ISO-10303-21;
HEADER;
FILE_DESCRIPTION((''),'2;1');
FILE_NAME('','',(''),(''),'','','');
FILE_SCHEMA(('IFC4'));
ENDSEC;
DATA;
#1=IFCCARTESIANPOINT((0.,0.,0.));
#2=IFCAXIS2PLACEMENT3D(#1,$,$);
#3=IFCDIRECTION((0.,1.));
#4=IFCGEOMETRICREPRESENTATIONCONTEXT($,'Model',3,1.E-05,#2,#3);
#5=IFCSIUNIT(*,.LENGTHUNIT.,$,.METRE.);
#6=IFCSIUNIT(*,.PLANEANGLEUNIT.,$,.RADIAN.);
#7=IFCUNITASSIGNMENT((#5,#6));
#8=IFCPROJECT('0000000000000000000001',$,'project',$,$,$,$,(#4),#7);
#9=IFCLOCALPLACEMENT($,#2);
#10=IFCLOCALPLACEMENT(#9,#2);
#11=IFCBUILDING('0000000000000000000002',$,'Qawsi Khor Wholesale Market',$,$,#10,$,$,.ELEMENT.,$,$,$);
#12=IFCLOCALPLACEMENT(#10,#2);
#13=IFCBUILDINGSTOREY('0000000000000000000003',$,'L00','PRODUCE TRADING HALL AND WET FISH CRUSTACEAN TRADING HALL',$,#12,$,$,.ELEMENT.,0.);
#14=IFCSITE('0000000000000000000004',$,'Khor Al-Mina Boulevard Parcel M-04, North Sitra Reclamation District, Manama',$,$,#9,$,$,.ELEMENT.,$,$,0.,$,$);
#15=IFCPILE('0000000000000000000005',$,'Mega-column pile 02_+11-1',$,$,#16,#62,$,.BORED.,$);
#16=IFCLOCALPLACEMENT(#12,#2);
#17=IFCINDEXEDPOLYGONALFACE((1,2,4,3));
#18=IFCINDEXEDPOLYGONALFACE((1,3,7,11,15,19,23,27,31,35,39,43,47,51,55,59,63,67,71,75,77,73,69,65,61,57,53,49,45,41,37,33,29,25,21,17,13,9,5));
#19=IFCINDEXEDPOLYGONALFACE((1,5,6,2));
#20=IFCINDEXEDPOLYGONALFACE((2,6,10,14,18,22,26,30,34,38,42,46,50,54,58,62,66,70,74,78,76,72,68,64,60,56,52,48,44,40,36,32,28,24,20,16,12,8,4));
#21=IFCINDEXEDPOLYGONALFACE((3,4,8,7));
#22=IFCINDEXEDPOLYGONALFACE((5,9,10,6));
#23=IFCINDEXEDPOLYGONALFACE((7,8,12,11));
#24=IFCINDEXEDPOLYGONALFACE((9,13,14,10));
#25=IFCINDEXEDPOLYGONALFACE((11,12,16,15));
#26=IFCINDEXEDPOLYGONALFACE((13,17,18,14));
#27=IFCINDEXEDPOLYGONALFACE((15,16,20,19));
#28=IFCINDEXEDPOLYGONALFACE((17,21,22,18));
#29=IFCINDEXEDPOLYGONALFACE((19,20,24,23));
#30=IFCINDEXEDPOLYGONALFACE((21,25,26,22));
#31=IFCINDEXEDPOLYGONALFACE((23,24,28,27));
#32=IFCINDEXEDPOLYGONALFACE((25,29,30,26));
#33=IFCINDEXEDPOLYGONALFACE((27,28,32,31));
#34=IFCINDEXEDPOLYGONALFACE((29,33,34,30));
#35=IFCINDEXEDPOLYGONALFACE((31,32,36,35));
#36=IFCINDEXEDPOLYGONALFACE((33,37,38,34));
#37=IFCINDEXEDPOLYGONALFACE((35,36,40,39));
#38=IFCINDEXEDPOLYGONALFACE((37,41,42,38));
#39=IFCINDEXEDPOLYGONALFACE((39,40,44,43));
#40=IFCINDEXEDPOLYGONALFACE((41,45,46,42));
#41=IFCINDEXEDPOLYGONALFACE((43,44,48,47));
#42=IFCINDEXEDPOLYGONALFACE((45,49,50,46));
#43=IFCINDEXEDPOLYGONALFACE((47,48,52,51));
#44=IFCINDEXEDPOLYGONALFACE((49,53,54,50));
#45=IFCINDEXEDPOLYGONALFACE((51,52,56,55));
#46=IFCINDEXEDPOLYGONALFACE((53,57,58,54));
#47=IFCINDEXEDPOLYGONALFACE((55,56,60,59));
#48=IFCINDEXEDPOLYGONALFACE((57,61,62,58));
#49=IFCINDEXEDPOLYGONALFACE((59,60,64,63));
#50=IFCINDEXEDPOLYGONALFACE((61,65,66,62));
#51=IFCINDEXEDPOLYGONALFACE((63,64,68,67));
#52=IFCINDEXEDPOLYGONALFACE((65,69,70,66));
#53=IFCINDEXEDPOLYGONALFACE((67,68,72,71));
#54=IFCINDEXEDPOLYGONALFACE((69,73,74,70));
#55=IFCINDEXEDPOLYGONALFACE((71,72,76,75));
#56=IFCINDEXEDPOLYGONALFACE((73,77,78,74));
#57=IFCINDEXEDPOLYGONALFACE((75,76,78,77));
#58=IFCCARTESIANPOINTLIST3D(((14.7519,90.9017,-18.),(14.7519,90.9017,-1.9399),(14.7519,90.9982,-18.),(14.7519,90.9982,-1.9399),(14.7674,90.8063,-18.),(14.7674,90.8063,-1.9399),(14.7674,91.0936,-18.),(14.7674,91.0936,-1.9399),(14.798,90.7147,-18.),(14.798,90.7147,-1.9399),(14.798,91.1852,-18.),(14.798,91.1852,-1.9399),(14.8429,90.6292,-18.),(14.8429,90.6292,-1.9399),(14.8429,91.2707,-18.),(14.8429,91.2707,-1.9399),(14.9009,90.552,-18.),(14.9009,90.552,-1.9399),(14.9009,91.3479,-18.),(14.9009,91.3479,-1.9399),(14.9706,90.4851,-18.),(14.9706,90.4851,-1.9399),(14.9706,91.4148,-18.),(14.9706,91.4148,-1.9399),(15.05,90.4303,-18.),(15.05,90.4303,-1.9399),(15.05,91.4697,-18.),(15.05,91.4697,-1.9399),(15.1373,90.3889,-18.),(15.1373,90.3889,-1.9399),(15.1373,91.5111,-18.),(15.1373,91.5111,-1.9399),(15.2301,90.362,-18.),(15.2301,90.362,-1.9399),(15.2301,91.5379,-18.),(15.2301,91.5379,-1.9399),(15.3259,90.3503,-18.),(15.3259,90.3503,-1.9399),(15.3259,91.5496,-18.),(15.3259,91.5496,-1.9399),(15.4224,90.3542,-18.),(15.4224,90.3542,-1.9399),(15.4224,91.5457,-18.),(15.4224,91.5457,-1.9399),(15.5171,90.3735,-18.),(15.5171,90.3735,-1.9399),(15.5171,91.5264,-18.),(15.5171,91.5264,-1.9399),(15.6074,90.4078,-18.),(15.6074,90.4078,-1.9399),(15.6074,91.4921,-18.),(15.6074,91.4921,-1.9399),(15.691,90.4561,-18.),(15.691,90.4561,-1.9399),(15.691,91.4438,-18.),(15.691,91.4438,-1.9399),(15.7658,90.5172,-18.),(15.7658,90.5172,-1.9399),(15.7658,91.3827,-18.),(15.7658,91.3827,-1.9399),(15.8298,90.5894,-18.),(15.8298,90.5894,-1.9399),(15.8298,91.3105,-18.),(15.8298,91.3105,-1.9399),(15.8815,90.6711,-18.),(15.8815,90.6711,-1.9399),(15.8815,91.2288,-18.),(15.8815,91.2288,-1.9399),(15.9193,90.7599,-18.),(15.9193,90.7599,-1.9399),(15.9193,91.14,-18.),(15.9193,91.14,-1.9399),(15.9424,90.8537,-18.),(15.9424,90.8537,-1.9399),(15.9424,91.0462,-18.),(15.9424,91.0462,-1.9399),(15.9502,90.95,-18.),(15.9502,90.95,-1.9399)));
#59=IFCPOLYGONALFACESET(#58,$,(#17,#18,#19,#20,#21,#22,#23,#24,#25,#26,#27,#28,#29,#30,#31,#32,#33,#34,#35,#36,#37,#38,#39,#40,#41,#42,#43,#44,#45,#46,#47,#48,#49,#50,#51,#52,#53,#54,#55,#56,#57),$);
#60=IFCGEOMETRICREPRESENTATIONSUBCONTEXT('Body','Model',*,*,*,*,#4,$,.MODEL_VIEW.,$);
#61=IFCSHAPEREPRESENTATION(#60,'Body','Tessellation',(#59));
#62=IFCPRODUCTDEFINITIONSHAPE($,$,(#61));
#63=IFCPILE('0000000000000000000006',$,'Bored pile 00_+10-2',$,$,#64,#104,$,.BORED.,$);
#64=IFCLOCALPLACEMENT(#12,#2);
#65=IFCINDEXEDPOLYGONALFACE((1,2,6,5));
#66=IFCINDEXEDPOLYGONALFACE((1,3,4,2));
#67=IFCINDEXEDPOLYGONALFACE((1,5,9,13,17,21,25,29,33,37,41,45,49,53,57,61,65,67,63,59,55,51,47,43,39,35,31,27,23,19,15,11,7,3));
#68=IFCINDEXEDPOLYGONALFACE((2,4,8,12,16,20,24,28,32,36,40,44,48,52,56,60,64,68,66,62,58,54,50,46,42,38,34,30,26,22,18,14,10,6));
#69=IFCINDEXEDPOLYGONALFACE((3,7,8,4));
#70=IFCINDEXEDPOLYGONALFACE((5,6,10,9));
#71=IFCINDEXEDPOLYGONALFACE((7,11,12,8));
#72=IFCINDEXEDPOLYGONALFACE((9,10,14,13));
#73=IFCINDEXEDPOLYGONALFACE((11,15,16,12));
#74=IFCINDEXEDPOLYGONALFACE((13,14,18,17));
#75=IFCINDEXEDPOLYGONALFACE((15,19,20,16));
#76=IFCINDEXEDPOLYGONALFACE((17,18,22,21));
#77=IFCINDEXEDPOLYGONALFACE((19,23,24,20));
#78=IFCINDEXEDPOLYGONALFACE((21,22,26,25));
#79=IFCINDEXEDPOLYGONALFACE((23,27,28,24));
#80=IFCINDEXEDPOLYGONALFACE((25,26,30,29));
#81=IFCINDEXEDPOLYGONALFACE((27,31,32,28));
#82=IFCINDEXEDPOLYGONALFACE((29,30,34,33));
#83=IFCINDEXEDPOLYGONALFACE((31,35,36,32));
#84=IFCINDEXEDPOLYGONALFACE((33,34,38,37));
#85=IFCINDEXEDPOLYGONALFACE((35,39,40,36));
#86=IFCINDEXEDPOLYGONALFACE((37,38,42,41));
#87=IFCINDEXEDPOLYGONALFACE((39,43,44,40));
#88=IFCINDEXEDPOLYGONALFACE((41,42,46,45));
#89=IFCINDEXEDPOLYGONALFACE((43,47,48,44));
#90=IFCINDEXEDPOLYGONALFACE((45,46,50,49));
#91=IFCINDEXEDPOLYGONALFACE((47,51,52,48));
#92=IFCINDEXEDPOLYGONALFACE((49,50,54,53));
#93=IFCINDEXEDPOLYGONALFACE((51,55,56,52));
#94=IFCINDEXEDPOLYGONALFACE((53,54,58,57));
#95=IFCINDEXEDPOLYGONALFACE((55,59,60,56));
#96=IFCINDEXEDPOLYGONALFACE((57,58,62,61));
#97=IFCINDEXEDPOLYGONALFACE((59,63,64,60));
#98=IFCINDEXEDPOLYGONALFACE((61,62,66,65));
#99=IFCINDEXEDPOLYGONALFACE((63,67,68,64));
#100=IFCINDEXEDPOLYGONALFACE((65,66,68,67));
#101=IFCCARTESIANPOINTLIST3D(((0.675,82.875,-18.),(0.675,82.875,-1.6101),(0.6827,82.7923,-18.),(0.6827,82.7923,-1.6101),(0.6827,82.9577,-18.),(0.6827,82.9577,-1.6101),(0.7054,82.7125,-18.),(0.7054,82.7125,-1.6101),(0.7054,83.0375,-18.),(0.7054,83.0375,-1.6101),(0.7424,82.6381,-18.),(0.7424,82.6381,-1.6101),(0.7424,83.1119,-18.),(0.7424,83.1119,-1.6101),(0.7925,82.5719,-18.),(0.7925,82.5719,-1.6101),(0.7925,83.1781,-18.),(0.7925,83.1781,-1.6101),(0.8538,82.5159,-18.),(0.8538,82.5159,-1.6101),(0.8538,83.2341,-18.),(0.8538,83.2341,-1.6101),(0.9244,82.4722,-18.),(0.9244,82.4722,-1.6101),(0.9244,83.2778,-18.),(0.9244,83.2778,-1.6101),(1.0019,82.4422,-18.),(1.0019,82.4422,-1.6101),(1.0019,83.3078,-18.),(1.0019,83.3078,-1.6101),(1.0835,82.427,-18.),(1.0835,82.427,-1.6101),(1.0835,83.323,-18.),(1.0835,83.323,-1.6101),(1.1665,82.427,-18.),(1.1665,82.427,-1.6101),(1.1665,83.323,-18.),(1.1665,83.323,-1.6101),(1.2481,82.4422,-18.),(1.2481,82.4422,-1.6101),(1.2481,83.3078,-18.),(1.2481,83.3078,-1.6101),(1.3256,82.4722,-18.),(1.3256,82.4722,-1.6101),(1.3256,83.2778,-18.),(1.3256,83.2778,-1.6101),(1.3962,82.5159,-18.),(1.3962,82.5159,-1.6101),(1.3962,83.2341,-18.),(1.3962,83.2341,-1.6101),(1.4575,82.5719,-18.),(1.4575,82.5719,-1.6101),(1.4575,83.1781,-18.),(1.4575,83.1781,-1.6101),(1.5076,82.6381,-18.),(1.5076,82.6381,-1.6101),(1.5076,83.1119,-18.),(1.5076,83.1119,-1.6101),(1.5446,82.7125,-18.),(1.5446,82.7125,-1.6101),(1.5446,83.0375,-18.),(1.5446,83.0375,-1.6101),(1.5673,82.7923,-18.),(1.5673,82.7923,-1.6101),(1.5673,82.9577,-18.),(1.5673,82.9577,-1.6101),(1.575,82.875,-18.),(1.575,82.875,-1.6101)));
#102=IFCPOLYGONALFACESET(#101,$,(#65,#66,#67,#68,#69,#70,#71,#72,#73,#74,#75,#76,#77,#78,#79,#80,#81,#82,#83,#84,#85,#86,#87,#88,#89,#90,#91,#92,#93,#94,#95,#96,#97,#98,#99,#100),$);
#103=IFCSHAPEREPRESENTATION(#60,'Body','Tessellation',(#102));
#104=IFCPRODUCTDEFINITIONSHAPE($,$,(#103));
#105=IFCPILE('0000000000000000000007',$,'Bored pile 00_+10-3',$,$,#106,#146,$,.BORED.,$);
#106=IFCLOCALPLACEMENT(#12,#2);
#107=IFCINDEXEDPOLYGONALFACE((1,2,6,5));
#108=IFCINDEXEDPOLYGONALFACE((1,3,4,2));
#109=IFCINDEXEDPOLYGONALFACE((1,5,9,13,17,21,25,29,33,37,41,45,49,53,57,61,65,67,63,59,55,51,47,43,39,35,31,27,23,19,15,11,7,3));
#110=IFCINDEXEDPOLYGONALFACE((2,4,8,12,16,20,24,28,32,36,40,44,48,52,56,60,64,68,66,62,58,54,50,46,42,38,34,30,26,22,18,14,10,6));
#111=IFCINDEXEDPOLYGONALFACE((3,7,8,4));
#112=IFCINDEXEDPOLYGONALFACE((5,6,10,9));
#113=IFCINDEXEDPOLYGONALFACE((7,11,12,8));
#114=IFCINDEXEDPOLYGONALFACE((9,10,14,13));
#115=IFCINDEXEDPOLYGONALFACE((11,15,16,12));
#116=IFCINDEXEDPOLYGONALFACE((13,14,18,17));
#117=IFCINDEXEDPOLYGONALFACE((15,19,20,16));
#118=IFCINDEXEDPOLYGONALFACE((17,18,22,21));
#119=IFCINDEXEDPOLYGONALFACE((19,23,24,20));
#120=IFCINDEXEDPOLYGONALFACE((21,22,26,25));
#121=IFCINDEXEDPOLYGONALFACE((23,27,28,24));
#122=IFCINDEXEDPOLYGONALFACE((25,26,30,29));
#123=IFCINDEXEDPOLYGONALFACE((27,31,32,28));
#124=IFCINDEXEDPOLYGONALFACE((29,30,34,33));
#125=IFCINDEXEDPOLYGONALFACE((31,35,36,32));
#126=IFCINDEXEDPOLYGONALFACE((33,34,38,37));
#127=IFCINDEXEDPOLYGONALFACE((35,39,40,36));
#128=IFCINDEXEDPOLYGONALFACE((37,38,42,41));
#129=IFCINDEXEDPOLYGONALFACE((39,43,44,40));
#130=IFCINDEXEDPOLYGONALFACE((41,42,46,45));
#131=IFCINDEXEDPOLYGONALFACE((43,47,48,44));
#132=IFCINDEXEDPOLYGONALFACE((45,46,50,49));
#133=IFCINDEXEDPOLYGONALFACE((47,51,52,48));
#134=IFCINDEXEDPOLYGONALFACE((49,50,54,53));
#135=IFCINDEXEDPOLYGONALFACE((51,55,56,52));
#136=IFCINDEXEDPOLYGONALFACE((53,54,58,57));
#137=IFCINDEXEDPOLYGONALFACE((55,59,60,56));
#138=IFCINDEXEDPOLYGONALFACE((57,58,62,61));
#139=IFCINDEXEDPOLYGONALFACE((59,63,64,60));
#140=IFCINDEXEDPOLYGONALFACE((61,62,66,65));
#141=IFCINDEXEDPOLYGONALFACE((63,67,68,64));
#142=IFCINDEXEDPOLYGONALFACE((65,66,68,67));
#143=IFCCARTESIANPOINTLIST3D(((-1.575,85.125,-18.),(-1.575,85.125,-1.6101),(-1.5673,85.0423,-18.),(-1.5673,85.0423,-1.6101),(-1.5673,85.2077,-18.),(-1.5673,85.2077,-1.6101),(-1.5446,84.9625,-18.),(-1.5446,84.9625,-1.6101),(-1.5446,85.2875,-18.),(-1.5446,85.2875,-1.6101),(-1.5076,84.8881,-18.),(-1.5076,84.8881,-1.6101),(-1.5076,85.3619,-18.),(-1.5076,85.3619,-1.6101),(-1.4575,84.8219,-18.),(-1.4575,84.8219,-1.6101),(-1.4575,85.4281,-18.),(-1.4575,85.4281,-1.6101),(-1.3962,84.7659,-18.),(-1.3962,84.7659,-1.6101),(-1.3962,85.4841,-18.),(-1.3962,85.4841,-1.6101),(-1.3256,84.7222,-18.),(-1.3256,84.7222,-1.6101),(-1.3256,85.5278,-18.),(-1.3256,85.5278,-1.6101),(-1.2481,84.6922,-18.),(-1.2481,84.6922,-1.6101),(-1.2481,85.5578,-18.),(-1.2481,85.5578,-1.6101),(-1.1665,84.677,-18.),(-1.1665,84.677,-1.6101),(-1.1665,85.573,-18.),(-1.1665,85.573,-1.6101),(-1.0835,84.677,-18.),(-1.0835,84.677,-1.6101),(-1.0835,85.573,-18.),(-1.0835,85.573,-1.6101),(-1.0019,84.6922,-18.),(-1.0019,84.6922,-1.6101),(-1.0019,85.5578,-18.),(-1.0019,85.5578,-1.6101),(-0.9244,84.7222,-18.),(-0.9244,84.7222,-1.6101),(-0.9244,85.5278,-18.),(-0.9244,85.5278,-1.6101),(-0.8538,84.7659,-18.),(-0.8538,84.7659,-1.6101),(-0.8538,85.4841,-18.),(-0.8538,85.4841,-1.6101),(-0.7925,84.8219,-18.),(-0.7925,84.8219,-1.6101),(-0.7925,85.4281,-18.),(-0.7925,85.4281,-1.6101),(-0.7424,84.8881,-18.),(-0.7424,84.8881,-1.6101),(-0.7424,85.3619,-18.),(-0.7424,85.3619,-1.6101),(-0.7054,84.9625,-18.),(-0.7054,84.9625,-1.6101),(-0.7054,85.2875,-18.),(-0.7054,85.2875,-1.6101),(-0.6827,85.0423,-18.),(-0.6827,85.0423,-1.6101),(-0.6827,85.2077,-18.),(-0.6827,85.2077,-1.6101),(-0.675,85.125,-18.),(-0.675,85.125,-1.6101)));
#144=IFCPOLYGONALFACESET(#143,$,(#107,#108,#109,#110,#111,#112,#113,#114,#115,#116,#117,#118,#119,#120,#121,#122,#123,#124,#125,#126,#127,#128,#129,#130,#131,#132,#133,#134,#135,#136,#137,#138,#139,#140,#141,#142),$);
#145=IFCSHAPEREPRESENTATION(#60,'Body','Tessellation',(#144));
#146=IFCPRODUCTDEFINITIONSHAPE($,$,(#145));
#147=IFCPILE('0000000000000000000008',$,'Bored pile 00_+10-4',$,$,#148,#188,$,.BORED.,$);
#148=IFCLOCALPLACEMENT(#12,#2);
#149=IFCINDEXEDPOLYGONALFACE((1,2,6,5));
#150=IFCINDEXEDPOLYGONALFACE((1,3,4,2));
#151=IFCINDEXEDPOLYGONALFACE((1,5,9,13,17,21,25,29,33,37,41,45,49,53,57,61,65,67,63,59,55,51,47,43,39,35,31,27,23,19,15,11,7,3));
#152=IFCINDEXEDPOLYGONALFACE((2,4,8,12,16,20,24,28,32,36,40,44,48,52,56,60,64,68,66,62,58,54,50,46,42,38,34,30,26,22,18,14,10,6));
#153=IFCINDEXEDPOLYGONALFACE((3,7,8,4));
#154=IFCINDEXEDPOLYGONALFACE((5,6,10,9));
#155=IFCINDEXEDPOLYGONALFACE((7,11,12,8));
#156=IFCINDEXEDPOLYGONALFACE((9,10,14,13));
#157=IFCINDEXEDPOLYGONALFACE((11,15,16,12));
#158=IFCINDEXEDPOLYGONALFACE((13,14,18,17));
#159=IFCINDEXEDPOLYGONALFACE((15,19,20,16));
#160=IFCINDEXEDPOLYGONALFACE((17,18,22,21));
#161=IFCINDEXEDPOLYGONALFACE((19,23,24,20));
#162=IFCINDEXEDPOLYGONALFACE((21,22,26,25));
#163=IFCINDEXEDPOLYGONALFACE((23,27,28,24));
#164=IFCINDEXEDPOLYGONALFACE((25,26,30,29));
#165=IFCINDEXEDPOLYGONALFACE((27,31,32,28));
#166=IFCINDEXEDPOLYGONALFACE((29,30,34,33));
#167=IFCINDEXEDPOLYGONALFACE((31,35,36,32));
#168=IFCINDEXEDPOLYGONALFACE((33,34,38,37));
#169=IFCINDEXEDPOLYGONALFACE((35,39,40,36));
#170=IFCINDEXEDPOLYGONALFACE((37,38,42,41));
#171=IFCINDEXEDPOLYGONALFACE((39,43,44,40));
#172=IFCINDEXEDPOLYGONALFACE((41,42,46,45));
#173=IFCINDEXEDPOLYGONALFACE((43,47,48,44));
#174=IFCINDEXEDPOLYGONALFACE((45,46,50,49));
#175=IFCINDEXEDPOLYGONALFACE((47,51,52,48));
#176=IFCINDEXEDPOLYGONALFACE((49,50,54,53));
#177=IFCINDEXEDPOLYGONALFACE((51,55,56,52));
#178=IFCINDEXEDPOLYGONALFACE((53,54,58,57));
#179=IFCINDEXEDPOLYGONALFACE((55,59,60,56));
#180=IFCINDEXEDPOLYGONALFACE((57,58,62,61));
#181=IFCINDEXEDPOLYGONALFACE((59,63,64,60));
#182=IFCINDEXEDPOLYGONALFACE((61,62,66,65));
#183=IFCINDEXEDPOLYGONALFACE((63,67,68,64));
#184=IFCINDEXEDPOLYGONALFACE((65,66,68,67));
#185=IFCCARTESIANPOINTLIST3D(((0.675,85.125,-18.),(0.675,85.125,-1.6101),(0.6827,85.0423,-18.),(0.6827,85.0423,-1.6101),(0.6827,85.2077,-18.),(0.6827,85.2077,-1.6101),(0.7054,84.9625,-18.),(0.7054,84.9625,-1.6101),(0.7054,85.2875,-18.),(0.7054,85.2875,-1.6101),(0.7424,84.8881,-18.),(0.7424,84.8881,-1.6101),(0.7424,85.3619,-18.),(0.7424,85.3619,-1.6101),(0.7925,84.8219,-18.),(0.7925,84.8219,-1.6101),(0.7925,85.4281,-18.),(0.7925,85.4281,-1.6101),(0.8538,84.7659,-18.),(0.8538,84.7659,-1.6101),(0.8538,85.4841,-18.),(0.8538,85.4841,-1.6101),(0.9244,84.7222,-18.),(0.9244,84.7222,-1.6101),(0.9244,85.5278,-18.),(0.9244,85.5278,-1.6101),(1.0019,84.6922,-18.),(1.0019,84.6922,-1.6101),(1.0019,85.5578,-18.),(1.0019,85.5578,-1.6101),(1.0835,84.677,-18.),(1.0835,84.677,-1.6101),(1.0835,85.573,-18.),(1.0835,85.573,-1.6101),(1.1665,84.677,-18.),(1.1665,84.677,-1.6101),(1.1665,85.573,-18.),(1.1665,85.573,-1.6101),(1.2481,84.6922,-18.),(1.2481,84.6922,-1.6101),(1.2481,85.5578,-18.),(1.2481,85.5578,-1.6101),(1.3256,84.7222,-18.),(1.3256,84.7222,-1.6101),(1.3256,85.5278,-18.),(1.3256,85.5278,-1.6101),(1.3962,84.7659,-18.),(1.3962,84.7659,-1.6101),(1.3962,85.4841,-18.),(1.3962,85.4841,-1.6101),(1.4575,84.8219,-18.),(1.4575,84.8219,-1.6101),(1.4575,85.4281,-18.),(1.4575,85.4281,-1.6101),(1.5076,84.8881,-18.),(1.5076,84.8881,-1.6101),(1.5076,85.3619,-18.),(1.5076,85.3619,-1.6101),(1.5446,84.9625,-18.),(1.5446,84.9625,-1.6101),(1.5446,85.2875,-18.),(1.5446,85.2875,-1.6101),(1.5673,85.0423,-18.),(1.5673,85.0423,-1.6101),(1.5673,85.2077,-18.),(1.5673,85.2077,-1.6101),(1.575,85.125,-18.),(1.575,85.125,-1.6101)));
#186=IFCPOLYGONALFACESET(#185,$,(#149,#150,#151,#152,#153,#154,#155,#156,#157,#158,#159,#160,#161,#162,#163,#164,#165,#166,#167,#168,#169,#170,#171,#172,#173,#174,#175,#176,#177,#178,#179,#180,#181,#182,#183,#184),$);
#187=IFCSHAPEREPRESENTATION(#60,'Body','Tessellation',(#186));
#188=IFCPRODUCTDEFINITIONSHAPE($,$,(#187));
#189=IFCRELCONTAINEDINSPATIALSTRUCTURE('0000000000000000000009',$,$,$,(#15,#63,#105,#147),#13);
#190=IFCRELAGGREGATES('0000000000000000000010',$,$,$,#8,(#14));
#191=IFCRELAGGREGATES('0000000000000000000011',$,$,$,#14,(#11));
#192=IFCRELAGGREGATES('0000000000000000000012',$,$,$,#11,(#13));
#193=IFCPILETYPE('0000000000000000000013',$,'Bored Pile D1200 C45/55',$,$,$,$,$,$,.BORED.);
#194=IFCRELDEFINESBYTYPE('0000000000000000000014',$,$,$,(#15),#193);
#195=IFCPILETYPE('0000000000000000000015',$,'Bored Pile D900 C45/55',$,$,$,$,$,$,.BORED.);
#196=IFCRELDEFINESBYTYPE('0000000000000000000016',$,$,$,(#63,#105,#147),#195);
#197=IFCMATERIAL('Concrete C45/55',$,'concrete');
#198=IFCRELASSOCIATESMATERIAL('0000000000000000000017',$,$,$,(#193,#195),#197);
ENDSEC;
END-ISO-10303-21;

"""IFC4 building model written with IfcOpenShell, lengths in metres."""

from ifc_helpers import new_model, si_unit, direction, frame, origin, origin_2d, place, context, subcontext, project, spatial, circle, extrude, material, material_profile, profile_set, type_object, element, save


model = new_model("IFC4")

# Units and contexts
model_context = context("Model", 3, precision=1e-05, world=origin(), true_north=direction((0.0, 1.0)))
body_context = subcontext(model_context, "Body", "Model", "MODEL_VIEW")
ifc_project = project(units=[si_unit("LENGTHUNIT", "METRE"), si_unit("PLANEANGLEUNIT", "RADIAN")], contexts=[model_context])

# Site, building, storey
site_placement = place(None, origin())
site = spatial("IfcSite", under=ifc_project, at=site_placement, Name="Khor Al-Mina Boulevard Parcel M-04, North Sitra Reclamation District, Manama", CompositionType="ELEMENT", RefElevation=0.0)
building_placement = place(site_placement, origin())
building = spatial("IfcBuilding", under=site, at=building_placement, Name="Qawsi Khor Wholesale Market", CompositionType="ELEMENT")
storey_placement = place(building_placement, origin())
storey = spatial("IfcBuildingStorey", under=building, at=storey_placement, Name="L00", Description="PRODUCE TRADING HALL AND WET FISH CRUSTACEAN TRADING HALL", CompositionType="ELEMENT", Elevation=0.0)

# Piles
ifc_material_1 = material(Name="Concrete C45/55", Category="concrete")
ifc_material_profile_1 = material_profile(ifc_material_1, circle(Radius=0.6001, at=origin_2d()), Name="PILE D1200")
ifc_profile_set_1 = profile_set([ifc_material_profile_1], Name="Concrete C45/55")
pile_type_1 = type_object("IfcPileType", Name="Bored Pile D1200 C45/55", PredefinedType="BORED", material=ifc_profile_set_1)
pile_placement = place(storey_placement, frame((15.3501, 90.95, -1.9399), z_axis=(0.0, 0.0, -1.0), x_axis=(1.0, 0.0, 0.0)))
element("IfcPile", 1, at=pile_placement, inside=storey, type_object=pile_type_1, Name="Mega-column pile 02_+11-1", PredefinedType="BORED", context=body_context, shape_type="SweptSolid", body=[
    extrude(circle(Radius=0.6001, at=origin_2d()), origin(), (0.0, 0.0, 1.0), 16.0601),
])
ifc_material_profile_2 = material_profile(ifc_material_1, circle(Radius=0.45, at=origin_2d()), Name="PILE D900")
ifc_profile_set_2 = profile_set([ifc_material_profile_2], Name="Concrete C45/55")
pile_type_2 = type_object("IfcPileType", Name="Bored Pile D900 C45/55", PredefinedType="BORED", material=ifc_profile_set_2)
for number, where, z_axis, x_axis, name in (
    (2, (1.125, 82.875, -1.6101), (0.0, 0.0, -1.0), (1.0, 0.0, 0.0), "Bored pile 00_+10-2"),
    (3, (-1.125, 85.125, -1.6101), (0.0, 0.0, -1.0), (1.0, 0.0, 0.0), "Bored pile 00_+10-3"),
    (4, (1.125, 85.125, -1.6101), (0.0, 0.0, -1.0), (1.0, 0.0, 0.0), "Bored pile 00_+10-4"),
):
    element("IfcPile", number, at=place(storey_placement, frame(where, z_axis=z_axis, x_axis=x_axis)), inside=storey, type_object=pile_type_2, Name=name, PredefinedType="BORED", context=body_context, shape_type="SweptSolid", body=[
        extrude(circle(Radius=0.45, at=origin_2d()), origin(), (0.0, 0.0, 1.0), 16.3899),
    ])

save(model, "model.ifc")
